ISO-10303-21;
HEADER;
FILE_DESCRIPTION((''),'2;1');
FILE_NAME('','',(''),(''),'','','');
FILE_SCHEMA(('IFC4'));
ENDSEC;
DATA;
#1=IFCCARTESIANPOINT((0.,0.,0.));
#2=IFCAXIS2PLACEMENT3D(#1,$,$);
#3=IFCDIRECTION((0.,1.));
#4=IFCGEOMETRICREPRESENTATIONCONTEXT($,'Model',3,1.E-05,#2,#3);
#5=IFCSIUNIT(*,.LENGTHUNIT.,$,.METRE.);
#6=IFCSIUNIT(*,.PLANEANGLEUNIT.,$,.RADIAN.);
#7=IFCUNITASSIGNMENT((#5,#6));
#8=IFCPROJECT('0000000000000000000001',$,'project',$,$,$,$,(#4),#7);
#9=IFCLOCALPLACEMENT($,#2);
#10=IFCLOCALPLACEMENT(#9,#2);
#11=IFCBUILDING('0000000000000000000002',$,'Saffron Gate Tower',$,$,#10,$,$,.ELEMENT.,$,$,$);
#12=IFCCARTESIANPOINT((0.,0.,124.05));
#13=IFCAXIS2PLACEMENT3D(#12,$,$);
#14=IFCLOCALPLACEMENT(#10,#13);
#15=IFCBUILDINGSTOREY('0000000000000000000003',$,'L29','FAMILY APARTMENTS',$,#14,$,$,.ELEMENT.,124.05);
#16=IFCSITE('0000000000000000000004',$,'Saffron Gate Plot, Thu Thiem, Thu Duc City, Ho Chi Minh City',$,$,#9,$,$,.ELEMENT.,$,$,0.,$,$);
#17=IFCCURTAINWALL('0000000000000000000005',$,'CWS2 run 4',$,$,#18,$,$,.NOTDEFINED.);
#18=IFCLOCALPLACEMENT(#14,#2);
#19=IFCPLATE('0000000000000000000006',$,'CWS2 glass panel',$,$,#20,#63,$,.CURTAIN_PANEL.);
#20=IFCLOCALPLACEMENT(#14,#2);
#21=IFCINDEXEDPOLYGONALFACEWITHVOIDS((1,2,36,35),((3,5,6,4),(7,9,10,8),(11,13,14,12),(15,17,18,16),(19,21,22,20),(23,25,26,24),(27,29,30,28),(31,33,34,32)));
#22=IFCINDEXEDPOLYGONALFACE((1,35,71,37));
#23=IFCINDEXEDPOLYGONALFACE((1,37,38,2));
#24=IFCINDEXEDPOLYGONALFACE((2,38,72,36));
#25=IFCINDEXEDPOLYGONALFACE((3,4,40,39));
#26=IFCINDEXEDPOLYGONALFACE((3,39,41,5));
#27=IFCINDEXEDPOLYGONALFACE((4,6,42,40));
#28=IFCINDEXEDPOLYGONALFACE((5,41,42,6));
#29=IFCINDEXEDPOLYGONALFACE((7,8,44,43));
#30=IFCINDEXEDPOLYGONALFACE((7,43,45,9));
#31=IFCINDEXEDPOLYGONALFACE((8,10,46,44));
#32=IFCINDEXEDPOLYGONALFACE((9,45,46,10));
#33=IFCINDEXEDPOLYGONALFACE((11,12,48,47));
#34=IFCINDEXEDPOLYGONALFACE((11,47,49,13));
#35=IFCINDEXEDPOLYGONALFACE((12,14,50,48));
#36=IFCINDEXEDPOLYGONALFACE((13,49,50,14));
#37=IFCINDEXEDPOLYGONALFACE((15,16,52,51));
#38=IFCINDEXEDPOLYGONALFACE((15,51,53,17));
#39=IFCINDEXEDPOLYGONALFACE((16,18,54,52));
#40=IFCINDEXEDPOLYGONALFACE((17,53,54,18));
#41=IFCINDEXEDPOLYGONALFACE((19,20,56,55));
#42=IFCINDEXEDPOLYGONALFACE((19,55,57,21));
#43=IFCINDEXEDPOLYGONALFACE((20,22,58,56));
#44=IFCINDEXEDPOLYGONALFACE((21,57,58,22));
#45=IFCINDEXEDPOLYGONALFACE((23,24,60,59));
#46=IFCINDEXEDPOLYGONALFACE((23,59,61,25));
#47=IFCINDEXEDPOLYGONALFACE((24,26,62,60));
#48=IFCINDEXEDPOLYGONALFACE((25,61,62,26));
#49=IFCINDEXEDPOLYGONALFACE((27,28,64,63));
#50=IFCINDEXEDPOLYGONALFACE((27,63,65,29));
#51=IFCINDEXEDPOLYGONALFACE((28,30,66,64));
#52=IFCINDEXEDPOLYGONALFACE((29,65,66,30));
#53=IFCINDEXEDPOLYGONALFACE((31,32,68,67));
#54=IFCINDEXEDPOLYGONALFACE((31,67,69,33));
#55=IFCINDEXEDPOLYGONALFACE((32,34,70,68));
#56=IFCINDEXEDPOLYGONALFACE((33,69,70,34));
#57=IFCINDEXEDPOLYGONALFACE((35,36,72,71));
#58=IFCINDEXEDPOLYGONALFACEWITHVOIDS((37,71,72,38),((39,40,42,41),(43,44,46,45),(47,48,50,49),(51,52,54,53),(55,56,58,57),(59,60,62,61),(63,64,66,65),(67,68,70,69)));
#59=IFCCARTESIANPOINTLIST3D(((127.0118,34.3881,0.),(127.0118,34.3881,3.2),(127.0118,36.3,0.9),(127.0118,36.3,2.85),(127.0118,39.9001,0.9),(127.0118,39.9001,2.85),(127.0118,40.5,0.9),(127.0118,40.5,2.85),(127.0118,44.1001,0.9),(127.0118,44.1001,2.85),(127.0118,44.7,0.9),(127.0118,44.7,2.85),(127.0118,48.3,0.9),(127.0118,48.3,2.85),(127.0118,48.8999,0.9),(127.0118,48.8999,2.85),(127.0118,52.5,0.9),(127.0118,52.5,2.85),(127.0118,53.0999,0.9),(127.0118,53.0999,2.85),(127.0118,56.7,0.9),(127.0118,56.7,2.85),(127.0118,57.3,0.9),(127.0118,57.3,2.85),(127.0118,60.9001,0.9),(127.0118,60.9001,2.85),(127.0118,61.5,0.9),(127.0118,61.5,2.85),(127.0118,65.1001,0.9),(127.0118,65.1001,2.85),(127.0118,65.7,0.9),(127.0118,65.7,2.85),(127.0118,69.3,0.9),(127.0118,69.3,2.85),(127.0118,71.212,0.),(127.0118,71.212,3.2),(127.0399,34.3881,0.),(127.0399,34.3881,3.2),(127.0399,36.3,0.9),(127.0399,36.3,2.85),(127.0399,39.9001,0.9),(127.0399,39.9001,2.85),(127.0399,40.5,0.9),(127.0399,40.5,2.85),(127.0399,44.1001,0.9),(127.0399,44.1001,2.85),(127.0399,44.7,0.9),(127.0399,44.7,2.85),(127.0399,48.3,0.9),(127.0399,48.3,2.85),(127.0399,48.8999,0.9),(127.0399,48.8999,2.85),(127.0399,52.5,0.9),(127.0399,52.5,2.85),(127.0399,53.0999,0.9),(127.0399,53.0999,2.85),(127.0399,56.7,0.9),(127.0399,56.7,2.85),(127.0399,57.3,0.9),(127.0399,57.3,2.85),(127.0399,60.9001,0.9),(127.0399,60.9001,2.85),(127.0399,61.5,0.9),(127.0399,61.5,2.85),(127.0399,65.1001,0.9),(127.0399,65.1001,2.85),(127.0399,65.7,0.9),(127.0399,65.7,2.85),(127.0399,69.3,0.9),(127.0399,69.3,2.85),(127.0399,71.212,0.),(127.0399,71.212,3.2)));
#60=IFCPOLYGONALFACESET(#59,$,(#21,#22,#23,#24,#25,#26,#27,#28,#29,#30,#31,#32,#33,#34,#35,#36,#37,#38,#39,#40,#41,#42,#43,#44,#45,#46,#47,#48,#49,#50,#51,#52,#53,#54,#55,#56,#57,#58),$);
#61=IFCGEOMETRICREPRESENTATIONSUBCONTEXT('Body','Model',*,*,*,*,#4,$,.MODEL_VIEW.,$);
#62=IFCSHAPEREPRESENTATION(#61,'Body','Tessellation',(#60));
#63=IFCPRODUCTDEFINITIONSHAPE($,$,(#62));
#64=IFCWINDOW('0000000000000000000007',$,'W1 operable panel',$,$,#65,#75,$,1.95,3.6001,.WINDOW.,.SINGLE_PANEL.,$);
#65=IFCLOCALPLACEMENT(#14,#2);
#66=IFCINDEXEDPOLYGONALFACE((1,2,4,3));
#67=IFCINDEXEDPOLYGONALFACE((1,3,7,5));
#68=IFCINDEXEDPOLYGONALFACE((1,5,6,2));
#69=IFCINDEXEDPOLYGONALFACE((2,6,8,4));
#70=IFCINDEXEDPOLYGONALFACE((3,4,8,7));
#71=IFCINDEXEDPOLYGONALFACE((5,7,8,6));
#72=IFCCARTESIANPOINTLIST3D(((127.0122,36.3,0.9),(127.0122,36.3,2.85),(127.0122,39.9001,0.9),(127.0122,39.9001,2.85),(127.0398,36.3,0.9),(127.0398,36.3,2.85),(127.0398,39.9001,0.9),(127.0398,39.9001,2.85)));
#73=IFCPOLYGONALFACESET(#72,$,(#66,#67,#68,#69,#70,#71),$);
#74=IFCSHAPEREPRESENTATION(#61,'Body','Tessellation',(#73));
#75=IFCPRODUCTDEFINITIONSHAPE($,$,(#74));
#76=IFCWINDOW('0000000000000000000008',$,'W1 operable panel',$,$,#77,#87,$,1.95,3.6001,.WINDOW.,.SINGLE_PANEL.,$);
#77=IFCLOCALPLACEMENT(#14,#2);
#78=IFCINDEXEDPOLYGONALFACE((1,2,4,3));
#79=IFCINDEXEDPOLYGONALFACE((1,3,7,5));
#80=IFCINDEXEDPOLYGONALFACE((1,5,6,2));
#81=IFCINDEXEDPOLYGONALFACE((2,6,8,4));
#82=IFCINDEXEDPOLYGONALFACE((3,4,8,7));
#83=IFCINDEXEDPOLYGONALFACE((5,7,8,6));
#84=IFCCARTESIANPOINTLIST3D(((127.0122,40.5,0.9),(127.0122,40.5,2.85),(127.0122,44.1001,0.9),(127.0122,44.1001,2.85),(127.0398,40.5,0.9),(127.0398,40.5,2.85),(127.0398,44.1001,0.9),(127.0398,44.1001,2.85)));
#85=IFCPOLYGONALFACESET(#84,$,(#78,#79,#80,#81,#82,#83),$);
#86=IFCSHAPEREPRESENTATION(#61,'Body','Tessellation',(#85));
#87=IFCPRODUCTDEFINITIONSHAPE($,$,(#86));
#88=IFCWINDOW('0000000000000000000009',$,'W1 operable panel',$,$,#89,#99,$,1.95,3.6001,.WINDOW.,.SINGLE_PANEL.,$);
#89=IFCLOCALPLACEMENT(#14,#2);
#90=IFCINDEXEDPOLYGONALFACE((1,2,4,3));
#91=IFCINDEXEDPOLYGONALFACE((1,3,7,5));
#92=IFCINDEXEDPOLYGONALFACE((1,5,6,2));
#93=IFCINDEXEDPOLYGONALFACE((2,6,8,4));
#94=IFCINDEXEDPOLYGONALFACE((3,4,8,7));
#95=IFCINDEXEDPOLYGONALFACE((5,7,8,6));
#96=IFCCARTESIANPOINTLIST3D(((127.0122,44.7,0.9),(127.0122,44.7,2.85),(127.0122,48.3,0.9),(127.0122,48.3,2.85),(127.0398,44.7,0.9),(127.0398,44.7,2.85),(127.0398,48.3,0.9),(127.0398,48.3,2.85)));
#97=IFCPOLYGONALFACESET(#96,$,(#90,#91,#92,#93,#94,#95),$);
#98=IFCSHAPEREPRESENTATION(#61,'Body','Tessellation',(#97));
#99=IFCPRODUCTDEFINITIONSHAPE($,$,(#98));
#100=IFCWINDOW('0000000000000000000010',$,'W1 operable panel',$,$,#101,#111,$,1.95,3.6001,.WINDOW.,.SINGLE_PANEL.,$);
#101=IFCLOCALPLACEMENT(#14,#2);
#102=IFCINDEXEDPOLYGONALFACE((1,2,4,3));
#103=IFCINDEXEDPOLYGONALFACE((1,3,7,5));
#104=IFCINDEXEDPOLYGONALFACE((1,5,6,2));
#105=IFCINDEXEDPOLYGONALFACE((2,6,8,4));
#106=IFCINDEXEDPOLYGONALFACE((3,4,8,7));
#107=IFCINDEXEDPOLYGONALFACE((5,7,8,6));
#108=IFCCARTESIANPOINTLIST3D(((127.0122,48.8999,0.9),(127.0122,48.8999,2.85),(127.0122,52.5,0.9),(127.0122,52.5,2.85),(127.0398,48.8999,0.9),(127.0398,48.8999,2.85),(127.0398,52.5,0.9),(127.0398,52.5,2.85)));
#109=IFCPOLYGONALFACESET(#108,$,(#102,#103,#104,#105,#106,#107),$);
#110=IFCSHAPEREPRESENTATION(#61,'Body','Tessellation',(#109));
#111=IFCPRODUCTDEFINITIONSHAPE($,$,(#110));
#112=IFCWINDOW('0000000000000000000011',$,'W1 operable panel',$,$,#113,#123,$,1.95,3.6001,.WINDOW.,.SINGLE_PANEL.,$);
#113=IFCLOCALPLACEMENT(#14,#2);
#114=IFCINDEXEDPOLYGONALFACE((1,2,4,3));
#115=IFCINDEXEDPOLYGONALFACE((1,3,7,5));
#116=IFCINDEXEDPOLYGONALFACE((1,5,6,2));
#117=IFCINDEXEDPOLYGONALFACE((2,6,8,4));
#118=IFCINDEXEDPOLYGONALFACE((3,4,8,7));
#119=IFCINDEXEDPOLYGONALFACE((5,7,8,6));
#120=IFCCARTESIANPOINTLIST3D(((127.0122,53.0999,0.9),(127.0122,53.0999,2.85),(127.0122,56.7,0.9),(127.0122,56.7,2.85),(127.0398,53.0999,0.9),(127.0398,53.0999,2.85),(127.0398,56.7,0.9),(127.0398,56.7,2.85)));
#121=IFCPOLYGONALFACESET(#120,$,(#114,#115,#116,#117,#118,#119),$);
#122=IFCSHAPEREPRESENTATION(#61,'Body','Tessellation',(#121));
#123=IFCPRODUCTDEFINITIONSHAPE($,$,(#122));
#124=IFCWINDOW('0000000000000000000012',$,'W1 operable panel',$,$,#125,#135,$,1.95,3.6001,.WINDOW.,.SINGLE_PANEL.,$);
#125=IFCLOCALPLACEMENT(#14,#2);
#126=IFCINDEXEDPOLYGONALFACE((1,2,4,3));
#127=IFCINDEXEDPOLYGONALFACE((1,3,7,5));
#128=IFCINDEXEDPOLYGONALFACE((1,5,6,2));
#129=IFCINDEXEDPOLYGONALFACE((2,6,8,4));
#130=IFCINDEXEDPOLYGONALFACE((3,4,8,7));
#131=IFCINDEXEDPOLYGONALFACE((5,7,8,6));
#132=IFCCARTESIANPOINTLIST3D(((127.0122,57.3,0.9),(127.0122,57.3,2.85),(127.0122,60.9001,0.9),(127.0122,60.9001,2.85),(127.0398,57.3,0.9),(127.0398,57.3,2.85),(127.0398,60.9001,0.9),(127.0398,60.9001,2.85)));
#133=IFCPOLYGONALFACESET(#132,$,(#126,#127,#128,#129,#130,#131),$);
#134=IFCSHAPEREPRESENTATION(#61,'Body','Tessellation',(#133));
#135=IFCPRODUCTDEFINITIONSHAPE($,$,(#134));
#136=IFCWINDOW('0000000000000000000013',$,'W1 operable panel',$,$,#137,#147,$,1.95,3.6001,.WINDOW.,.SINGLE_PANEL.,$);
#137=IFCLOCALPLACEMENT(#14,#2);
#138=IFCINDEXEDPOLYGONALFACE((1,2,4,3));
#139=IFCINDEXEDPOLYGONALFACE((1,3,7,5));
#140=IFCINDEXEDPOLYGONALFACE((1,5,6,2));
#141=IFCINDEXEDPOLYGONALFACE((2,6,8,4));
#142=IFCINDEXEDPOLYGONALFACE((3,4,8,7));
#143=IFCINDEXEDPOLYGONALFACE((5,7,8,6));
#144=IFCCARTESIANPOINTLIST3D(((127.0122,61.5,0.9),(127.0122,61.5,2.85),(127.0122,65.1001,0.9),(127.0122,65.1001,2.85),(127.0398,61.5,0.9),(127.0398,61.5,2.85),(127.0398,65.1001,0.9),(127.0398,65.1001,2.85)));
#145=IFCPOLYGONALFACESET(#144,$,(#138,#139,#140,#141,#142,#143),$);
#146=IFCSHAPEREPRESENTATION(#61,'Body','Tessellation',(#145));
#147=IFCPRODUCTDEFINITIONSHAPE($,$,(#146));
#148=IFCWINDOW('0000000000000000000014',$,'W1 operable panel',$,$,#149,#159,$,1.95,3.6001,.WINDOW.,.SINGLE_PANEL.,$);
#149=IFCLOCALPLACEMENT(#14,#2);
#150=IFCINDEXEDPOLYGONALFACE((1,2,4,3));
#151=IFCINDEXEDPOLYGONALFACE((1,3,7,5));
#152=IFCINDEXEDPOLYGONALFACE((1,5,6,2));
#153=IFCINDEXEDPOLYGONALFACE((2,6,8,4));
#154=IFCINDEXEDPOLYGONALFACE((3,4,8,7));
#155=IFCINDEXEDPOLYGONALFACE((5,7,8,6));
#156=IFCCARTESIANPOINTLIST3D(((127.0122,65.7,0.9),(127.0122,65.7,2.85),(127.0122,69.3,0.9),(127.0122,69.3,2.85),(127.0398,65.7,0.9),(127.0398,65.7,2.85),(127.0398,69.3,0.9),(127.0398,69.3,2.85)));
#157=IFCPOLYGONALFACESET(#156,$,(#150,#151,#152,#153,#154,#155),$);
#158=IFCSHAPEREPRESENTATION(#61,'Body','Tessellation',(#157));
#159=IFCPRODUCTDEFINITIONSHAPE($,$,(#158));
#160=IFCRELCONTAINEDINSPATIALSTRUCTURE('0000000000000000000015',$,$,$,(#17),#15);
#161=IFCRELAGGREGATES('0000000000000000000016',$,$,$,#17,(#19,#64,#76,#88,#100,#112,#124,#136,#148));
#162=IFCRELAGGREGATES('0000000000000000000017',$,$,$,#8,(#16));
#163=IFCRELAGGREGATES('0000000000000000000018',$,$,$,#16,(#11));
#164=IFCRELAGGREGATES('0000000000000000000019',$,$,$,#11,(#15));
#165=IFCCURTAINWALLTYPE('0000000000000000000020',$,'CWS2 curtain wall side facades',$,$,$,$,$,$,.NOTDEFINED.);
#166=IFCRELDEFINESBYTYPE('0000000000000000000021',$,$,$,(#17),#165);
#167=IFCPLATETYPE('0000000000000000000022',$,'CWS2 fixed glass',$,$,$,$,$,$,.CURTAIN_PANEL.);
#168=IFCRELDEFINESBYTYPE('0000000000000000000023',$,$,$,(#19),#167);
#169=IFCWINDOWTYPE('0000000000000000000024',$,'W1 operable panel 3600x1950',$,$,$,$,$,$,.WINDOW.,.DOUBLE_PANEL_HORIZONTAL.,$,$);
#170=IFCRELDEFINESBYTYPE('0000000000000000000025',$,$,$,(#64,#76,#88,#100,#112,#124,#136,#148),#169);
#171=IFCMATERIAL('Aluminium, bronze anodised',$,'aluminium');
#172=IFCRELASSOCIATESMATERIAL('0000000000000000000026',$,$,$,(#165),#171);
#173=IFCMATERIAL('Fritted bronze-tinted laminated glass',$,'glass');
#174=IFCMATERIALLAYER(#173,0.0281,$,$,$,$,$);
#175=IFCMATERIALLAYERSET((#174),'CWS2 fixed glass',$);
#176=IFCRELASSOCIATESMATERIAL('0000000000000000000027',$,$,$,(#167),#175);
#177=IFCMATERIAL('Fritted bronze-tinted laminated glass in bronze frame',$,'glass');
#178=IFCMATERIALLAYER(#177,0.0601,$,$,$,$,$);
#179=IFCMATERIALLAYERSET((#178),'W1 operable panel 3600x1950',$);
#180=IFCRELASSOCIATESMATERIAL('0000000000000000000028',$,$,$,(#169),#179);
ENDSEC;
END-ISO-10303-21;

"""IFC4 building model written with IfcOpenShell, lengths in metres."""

from ifc_helpers import new_model, si_unit, direction, frame, frame_2d, origin, place, context, subcontext, project, spatial, rectangle, extrude, material, layer, layer_set, type_object, element, fill, aggregate, save


model = new_model("IFC4")

# Units and contexts
model_context = context("Model", 3, precision=1e-05, world=origin(), true_north=direction((0.0, 1.0)))
body_context = subcontext(model_context, "Body", "Model", "MODEL_VIEW")
ifc_project = project(units=[si_unit("LENGTHUNIT", "METRE"), si_unit("PLANEANGLEUNIT", "RADIAN")], contexts=[model_context])

# Site, building, storey
site_placement = place(None, origin())
site = spatial("IfcSite", under=ifc_project, at=site_placement, Name="Saffron Gate Plot, Thu Thiem, Thu Duc City, Ho Chi Minh City", CompositionType="ELEMENT", RefElevation=0.0)
building_placement = place(site_placement, origin())
building = spatial("IfcBuilding", under=site, at=building_placement, Name="Saffron Gate Tower", CompositionType="ELEMENT")
storey_placement = place(building_placement, frame((0.0, 0.0, 124.05)))
storey = spatial("IfcBuildingStorey", under=building, at=storey_placement, Name="L29", Description="FAMILY APARTMENTS", CompositionType="ELEMENT", Elevation=124.05)

# Curtain wall
ifc_material_1 = material(Name="Aluminium, bronze anodised", Category="aluminium")
curtain_wall_type_1 = type_object("IfcCurtainWallType", Name="CWS2 curtain wall side facades", PredefinedType="NOTDEFINED", material=ifc_material_1)
curtain_wall_1_placement = place(storey_placement, origin())
curtain_wall_1 = element("IfcCurtainWall", 1, at=curtain_wall_1_placement, inside=storey, type_object=curtain_wall_type_1, Name="CWS2 run 4", PredefinedType="NOTDEFINED")

# Plate, openings, windows
ifc_material_2 = material(Name="Fritted bronze-tinted laminated glass", Category="glass")
ifc_layer_1 = layer(ifc_material_2, 0.0281)
ifc_layer_set_1 = layer_set([ifc_layer_1], Name="CWS2 fixed glass")
plate_type_1 = type_object("IfcPlateType", Name="CWS2 fixed glass", PredefinedType="CURTAIN_PANEL", material=ifc_layer_set_1)
plate_1_placement = place(storey_placement, frame((127.0259, 34.3879, 0.0), z_axis=(0.0, 0.0, 1.0), x_axis=(0.0, 1.0, 0.0)))
plate_1 = element("IfcPlate", 2, at=plate_1_placement, type_object=plate_type_1, Name="CWS2 glass panel", PredefinedType="CURTAIN_PANEL", context=body_context, shape_type="SweptSolid", body=[
    extrude(rectangle(XDim=36.824, YDim=0.0281, at=frame_2d((18.4121, 0.0))), origin(), (0.0, 0.0, 1.0), 3.2),
])
opening_1_placement = place(plate_1_placement, frame((1.9121, 0.0, 0.8999)))
opening_1 = element("IfcOpeningElement", 3, at=opening_1_placement, cuts=plate_1, PredefinedType="OPENING", context=body_context, shape_type="SweptSolid", body=[
    extrude(rectangle(XDim=3.6001, YDim=1.95, at=frame_2d((1.8, 0.9751))), frame((0.0, 0.0239, 0.0), z_axis=(0.0, -1.0, 0.0), x_axis=(1.0, 0.0, 0.0)), (0.0, 0.0, 1.0), 0.0481),
])
opening_2_placement = place(plate_1_placement, frame((6.1121, 0.0, 0.8999)))
opening_2 = element("IfcOpeningElement", 4, at=opening_2_placement, cuts=plate_1, PredefinedType="OPENING", context=body_context, shape_type="SweptSolid", body=[
    extrude(rectangle(XDim=3.6001, YDim=1.95, at=frame_2d((1.8, 0.9751))), frame((0.0, 0.0239, 0.0), z_axis=(0.0, -1.0, 0.0), x_axis=(1.0, 0.0, 0.0)), (0.0, 0.0, 1.0), 0.0481),
])
opening_3_placement = place(plate_1_placement, frame((10.312, 0.0, 0.8999)))
opening_3 = element("IfcOpeningElement", 5, at=opening_3_placement, cuts=plate_1, PredefinedType="OPENING", context=body_context, shape_type="SweptSolid", body=[
    extrude(rectangle(XDim=3.6001, YDim=1.95, at=frame_2d((1.8, 0.9751))), frame((0.0, 0.0239, 0.0), z_axis=(0.0, -1.0, 0.0), x_axis=(1.0, 0.0, 0.0)), (0.0, 0.0, 1.0), 0.0481),
])
opening_4_placement = place(plate_1_placement, frame((14.512, 0.0, 0.8999)))
opening_4 = element("IfcOpeningElement", 6, at=opening_4_placement, cuts=plate_1, PredefinedType="OPENING", context=body_context, shape_type="SweptSolid", body=[
    extrude(rectangle(XDim=3.6001, YDim=1.95, at=frame_2d((1.8, 0.9751))), frame((0.0, 0.0239, 0.0), z_axis=(0.0, -1.0, 0.0), x_axis=(1.0, 0.0, 0.0)), (0.0, 0.0, 1.0), 0.0481),
])
opening_5_placement = place(plate_1_placement, frame((18.7119, 0.0, 0.8999)))
opening_5 = element("IfcOpeningElement", 7, at=opening_5_placement, cuts=plate_1, PredefinedType="OPENING", context=body_context, shape_type="SweptSolid", body=[
    extrude(rectangle(XDim=3.6001, YDim=1.95, at=frame_2d((1.8, 0.9751))), frame((0.0, 0.0239, 0.0), z_axis=(0.0, -1.0, 0.0), x_axis=(1.0, 0.0, 0.0)), (0.0, 0.0, 1.0), 0.0481),
])
opening_6_placement = place(plate_1_placement, frame((22.9121, 0.0, 0.8999)))
opening_6 = element("IfcOpeningElement", 8, at=opening_6_placement, cuts=plate_1, PredefinedType="OPENING", context=body_context, shape_type="SweptSolid", body=[
    extrude(rectangle(XDim=3.6001, YDim=1.95, at=frame_2d((1.8, 0.9751))), frame((0.0, 0.0239, 0.0), z_axis=(0.0, -1.0, 0.0), x_axis=(1.0, 0.0, 0.0)), (0.0, 0.0, 1.0), 0.0481),
])
opening_7_placement = place(plate_1_placement, frame((27.1121, 0.0, 0.8999)))
opening_7 = element("IfcOpeningElement", 9, at=opening_7_placement, cuts=plate_1, PredefinedType="OPENING", context=body_context, shape_type="SweptSolid", body=[
    extrude(rectangle(XDim=3.6001, YDim=1.95, at=frame_2d((1.8, 0.9751))), frame((0.0, 0.0239, 0.0), z_axis=(0.0, -1.0, 0.0), x_axis=(1.0, 0.0, 0.0)), (0.0, 0.0, 1.0), 0.0481),
])
opening_8_placement = place(plate_1_placement, frame((31.312, 0.0, 0.8999)))
opening_8 = element("IfcOpeningElement", 10, at=opening_8_placement, cuts=plate_1, PredefinedType="OPENING", context=body_context, shape_type="SweptSolid", body=[
    extrude(rectangle(XDim=3.6001, YDim=1.95, at=frame_2d((1.8, 0.9751))), frame((0.0, 0.0239, 0.0), z_axis=(0.0, -1.0, 0.0), x_axis=(1.0, 0.0, 0.0)), (0.0, 0.0, 1.0), 0.0481),
])
ifc_material_3 = material(Name="Fritted bronze-tinted laminated glass in bronze frame", Category="glass")
ifc_layer_2 = layer(ifc_material_3, 0.0601)
ifc_layer_set_2 = layer_set([ifc_layer_2], Name="W1 operable panel 3600x1950")
window_type = type_object("IfcWindowType", Name="W1 operable panel 3600x1950", PartitioningType="DOUBLE_PANEL_HORIZONTAL", PredefinedType="WINDOW", material=ifc_layer_set_2)
window_1_placement = place(opening_1_placement, origin())
window_1 = element("IfcWindow", 11, at=window_1_placement, type_object=window_type, Name="W1 operable panel", OverallHeight=1.95, OverallWidth=3.6001, PartitioningType="SINGLE_PANEL", PredefinedType="WINDOW", context=body_context, shape_type="SweptSolid", body=[
    extrude(rectangle(XDim=3.6001, YDim=1.95, at=frame_2d((1.8, 0.9751))), frame((0.0, 0.0137, 0.0), z_axis=(0.0, -1.0, 0.0), x_axis=(1.0, 0.0, 0.0)), (0.0, 0.0, 1.0), 0.0276),
])
fill(opening_1, window_1)
window_2_placement = place(opening_2_placement, origin())
window_2 = element("IfcWindow", 12, at=window_2_placement, type_object=window_type, Name="W1 operable panel", OverallHeight=1.95, OverallWidth=3.6001, PartitioningType="SINGLE_PANEL", PredefinedType="WINDOW", context=body_context, shape_type="SweptSolid", body=[
    extrude(rectangle(XDim=3.6001, YDim=1.95, at=frame_2d((1.8, 0.9751))), frame((0.0, 0.0137, 0.0), z_axis=(0.0, -1.0, 0.0), x_axis=(1.0, 0.0, 0.0)), (0.0, 0.0, 1.0), 0.0276),
])
fill(opening_2, window_2)
window_3_placement = place(opening_3_placement, origin())
window_3 = element("IfcWindow", 13, at=window_3_placement, type_object=window_type, Name="W1 operable panel", OverallHeight=1.95, OverallWidth=3.6001, PartitioningType="SINGLE_PANEL", PredefinedType="WINDOW", context=body_context, shape_type="SweptSolid", body=[
    extrude(rectangle(XDim=3.6001, YDim=1.95, at=frame_2d((1.8, 0.9751))), frame((0.0, 0.0137, 0.0), z_axis=(0.0, -1.0, 0.0), x_axis=(1.0, 0.0, 0.0)), (0.0, 0.0, 1.0), 0.0276),
])
fill(opening_3, window_3)
window_4_placement = place(opening_4_placement, origin())
window_4 = element("IfcWindow", 14, at=window_4_placement, type_object=window_type, Name="W1 operable panel", OverallHeight=1.95, OverallWidth=3.6001, PartitioningType="SINGLE_PANEL", PredefinedType="WINDOW", context=body_context, shape_type="SweptSolid", body=[
    extrude(rectangle(XDim=3.6001, YDim=1.95, at=frame_2d((1.8, 0.9751))), frame((0.0, 0.0137, 0.0), z_axis=(0.0, -1.0, 0.0), x_axis=(1.0, 0.0, 0.0)), (0.0, 0.0, 1.0), 0.0276),
])
fill(opening_4, window_4)
window_5_placement = place(opening_5_placement, origin())
window_5 = element("IfcWindow", 15, at=window_5_placement, type_object=window_type, Name="W1 operable panel", OverallHeight=1.95, OverallWidth=3.6001, PartitioningType="SINGLE_PANEL", PredefinedType="WINDOW", context=body_context, shape_type="SweptSolid", body=[
    extrude(rectangle(XDim=3.6001, YDim=1.95, at=frame_2d((1.8, 0.9751))), frame((0.0, 0.0137, 0.0), z_axis=(0.0, -1.0, 0.0), x_axis=(1.0, 0.0, 0.0)), (0.0, 0.0, 1.0), 0.0276),
])
fill(opening_5, window_5)
window_6_placement = place(opening_6_placement, origin())
window_6 = element("IfcWindow", 16, at=window_6_placement, type_object=window_type, Name="W1 operable panel", OverallHeight=1.95, OverallWidth=3.6001, PartitioningType="SINGLE_PANEL", PredefinedType="WINDOW", context=body_context, shape_type="SweptSolid", body=[
    extrude(rectangle(XDim=3.6001, YDim=1.95, at=frame_2d((1.8, 0.9751))), frame((0.0, 0.0137, 0.0), z_axis=(0.0, -1.0, 0.0), x_axis=(1.0, 0.0, 0.0)), (0.0, 0.0, 1.0), 0.0276),
])
fill(opening_6, window_6)
window_7_placement = place(opening_7_placement, origin())
window_7 = element("IfcWindow", 17, at=window_7_placement, type_object=window_type, Name="W1 operable panel", OverallHeight=1.95, OverallWidth=3.6001, PartitioningType="SINGLE_PANEL", PredefinedType="WINDOW", context=body_context, shape_type="SweptSolid", body=[
    extrude(rectangle(XDim=3.6001, YDim=1.95, at=frame_2d((1.8, 0.9751))), frame((0.0, 0.0137, 0.0), z_axis=(0.0, -1.0, 0.0), x_axis=(1.0, 0.0, 0.0)), (0.0, 0.0, 1.0), 0.0276),
])
fill(opening_7, window_7)
window_8_placement = place(opening_8_placement, origin())
window_8 = element("IfcWindow", 18, at=window_8_placement, type_object=window_type, Name="W1 operable panel", OverallHeight=1.95, OverallWidth=3.6001, PartitioningType="SINGLE_PANEL", PredefinedType="WINDOW", context=body_context, shape_type="SweptSolid", body=[
    extrude(rectangle(XDim=3.6001, YDim=1.95, at=frame_2d((1.8, 0.9751))), frame((0.0, 0.0137, 0.0), z_axis=(0.0, -1.0, 0.0), x_axis=(1.0, 0.0, 0.0)), (0.0, 0.0, 1.0), 0.0276),
])
fill(opening_8, window_8)
aggregate(curtain_wall_1, [plate_1, window_1, window_2, window_3, window_4, window_5, window_6, window_7, window_8])

save(model, "model.ifc")
